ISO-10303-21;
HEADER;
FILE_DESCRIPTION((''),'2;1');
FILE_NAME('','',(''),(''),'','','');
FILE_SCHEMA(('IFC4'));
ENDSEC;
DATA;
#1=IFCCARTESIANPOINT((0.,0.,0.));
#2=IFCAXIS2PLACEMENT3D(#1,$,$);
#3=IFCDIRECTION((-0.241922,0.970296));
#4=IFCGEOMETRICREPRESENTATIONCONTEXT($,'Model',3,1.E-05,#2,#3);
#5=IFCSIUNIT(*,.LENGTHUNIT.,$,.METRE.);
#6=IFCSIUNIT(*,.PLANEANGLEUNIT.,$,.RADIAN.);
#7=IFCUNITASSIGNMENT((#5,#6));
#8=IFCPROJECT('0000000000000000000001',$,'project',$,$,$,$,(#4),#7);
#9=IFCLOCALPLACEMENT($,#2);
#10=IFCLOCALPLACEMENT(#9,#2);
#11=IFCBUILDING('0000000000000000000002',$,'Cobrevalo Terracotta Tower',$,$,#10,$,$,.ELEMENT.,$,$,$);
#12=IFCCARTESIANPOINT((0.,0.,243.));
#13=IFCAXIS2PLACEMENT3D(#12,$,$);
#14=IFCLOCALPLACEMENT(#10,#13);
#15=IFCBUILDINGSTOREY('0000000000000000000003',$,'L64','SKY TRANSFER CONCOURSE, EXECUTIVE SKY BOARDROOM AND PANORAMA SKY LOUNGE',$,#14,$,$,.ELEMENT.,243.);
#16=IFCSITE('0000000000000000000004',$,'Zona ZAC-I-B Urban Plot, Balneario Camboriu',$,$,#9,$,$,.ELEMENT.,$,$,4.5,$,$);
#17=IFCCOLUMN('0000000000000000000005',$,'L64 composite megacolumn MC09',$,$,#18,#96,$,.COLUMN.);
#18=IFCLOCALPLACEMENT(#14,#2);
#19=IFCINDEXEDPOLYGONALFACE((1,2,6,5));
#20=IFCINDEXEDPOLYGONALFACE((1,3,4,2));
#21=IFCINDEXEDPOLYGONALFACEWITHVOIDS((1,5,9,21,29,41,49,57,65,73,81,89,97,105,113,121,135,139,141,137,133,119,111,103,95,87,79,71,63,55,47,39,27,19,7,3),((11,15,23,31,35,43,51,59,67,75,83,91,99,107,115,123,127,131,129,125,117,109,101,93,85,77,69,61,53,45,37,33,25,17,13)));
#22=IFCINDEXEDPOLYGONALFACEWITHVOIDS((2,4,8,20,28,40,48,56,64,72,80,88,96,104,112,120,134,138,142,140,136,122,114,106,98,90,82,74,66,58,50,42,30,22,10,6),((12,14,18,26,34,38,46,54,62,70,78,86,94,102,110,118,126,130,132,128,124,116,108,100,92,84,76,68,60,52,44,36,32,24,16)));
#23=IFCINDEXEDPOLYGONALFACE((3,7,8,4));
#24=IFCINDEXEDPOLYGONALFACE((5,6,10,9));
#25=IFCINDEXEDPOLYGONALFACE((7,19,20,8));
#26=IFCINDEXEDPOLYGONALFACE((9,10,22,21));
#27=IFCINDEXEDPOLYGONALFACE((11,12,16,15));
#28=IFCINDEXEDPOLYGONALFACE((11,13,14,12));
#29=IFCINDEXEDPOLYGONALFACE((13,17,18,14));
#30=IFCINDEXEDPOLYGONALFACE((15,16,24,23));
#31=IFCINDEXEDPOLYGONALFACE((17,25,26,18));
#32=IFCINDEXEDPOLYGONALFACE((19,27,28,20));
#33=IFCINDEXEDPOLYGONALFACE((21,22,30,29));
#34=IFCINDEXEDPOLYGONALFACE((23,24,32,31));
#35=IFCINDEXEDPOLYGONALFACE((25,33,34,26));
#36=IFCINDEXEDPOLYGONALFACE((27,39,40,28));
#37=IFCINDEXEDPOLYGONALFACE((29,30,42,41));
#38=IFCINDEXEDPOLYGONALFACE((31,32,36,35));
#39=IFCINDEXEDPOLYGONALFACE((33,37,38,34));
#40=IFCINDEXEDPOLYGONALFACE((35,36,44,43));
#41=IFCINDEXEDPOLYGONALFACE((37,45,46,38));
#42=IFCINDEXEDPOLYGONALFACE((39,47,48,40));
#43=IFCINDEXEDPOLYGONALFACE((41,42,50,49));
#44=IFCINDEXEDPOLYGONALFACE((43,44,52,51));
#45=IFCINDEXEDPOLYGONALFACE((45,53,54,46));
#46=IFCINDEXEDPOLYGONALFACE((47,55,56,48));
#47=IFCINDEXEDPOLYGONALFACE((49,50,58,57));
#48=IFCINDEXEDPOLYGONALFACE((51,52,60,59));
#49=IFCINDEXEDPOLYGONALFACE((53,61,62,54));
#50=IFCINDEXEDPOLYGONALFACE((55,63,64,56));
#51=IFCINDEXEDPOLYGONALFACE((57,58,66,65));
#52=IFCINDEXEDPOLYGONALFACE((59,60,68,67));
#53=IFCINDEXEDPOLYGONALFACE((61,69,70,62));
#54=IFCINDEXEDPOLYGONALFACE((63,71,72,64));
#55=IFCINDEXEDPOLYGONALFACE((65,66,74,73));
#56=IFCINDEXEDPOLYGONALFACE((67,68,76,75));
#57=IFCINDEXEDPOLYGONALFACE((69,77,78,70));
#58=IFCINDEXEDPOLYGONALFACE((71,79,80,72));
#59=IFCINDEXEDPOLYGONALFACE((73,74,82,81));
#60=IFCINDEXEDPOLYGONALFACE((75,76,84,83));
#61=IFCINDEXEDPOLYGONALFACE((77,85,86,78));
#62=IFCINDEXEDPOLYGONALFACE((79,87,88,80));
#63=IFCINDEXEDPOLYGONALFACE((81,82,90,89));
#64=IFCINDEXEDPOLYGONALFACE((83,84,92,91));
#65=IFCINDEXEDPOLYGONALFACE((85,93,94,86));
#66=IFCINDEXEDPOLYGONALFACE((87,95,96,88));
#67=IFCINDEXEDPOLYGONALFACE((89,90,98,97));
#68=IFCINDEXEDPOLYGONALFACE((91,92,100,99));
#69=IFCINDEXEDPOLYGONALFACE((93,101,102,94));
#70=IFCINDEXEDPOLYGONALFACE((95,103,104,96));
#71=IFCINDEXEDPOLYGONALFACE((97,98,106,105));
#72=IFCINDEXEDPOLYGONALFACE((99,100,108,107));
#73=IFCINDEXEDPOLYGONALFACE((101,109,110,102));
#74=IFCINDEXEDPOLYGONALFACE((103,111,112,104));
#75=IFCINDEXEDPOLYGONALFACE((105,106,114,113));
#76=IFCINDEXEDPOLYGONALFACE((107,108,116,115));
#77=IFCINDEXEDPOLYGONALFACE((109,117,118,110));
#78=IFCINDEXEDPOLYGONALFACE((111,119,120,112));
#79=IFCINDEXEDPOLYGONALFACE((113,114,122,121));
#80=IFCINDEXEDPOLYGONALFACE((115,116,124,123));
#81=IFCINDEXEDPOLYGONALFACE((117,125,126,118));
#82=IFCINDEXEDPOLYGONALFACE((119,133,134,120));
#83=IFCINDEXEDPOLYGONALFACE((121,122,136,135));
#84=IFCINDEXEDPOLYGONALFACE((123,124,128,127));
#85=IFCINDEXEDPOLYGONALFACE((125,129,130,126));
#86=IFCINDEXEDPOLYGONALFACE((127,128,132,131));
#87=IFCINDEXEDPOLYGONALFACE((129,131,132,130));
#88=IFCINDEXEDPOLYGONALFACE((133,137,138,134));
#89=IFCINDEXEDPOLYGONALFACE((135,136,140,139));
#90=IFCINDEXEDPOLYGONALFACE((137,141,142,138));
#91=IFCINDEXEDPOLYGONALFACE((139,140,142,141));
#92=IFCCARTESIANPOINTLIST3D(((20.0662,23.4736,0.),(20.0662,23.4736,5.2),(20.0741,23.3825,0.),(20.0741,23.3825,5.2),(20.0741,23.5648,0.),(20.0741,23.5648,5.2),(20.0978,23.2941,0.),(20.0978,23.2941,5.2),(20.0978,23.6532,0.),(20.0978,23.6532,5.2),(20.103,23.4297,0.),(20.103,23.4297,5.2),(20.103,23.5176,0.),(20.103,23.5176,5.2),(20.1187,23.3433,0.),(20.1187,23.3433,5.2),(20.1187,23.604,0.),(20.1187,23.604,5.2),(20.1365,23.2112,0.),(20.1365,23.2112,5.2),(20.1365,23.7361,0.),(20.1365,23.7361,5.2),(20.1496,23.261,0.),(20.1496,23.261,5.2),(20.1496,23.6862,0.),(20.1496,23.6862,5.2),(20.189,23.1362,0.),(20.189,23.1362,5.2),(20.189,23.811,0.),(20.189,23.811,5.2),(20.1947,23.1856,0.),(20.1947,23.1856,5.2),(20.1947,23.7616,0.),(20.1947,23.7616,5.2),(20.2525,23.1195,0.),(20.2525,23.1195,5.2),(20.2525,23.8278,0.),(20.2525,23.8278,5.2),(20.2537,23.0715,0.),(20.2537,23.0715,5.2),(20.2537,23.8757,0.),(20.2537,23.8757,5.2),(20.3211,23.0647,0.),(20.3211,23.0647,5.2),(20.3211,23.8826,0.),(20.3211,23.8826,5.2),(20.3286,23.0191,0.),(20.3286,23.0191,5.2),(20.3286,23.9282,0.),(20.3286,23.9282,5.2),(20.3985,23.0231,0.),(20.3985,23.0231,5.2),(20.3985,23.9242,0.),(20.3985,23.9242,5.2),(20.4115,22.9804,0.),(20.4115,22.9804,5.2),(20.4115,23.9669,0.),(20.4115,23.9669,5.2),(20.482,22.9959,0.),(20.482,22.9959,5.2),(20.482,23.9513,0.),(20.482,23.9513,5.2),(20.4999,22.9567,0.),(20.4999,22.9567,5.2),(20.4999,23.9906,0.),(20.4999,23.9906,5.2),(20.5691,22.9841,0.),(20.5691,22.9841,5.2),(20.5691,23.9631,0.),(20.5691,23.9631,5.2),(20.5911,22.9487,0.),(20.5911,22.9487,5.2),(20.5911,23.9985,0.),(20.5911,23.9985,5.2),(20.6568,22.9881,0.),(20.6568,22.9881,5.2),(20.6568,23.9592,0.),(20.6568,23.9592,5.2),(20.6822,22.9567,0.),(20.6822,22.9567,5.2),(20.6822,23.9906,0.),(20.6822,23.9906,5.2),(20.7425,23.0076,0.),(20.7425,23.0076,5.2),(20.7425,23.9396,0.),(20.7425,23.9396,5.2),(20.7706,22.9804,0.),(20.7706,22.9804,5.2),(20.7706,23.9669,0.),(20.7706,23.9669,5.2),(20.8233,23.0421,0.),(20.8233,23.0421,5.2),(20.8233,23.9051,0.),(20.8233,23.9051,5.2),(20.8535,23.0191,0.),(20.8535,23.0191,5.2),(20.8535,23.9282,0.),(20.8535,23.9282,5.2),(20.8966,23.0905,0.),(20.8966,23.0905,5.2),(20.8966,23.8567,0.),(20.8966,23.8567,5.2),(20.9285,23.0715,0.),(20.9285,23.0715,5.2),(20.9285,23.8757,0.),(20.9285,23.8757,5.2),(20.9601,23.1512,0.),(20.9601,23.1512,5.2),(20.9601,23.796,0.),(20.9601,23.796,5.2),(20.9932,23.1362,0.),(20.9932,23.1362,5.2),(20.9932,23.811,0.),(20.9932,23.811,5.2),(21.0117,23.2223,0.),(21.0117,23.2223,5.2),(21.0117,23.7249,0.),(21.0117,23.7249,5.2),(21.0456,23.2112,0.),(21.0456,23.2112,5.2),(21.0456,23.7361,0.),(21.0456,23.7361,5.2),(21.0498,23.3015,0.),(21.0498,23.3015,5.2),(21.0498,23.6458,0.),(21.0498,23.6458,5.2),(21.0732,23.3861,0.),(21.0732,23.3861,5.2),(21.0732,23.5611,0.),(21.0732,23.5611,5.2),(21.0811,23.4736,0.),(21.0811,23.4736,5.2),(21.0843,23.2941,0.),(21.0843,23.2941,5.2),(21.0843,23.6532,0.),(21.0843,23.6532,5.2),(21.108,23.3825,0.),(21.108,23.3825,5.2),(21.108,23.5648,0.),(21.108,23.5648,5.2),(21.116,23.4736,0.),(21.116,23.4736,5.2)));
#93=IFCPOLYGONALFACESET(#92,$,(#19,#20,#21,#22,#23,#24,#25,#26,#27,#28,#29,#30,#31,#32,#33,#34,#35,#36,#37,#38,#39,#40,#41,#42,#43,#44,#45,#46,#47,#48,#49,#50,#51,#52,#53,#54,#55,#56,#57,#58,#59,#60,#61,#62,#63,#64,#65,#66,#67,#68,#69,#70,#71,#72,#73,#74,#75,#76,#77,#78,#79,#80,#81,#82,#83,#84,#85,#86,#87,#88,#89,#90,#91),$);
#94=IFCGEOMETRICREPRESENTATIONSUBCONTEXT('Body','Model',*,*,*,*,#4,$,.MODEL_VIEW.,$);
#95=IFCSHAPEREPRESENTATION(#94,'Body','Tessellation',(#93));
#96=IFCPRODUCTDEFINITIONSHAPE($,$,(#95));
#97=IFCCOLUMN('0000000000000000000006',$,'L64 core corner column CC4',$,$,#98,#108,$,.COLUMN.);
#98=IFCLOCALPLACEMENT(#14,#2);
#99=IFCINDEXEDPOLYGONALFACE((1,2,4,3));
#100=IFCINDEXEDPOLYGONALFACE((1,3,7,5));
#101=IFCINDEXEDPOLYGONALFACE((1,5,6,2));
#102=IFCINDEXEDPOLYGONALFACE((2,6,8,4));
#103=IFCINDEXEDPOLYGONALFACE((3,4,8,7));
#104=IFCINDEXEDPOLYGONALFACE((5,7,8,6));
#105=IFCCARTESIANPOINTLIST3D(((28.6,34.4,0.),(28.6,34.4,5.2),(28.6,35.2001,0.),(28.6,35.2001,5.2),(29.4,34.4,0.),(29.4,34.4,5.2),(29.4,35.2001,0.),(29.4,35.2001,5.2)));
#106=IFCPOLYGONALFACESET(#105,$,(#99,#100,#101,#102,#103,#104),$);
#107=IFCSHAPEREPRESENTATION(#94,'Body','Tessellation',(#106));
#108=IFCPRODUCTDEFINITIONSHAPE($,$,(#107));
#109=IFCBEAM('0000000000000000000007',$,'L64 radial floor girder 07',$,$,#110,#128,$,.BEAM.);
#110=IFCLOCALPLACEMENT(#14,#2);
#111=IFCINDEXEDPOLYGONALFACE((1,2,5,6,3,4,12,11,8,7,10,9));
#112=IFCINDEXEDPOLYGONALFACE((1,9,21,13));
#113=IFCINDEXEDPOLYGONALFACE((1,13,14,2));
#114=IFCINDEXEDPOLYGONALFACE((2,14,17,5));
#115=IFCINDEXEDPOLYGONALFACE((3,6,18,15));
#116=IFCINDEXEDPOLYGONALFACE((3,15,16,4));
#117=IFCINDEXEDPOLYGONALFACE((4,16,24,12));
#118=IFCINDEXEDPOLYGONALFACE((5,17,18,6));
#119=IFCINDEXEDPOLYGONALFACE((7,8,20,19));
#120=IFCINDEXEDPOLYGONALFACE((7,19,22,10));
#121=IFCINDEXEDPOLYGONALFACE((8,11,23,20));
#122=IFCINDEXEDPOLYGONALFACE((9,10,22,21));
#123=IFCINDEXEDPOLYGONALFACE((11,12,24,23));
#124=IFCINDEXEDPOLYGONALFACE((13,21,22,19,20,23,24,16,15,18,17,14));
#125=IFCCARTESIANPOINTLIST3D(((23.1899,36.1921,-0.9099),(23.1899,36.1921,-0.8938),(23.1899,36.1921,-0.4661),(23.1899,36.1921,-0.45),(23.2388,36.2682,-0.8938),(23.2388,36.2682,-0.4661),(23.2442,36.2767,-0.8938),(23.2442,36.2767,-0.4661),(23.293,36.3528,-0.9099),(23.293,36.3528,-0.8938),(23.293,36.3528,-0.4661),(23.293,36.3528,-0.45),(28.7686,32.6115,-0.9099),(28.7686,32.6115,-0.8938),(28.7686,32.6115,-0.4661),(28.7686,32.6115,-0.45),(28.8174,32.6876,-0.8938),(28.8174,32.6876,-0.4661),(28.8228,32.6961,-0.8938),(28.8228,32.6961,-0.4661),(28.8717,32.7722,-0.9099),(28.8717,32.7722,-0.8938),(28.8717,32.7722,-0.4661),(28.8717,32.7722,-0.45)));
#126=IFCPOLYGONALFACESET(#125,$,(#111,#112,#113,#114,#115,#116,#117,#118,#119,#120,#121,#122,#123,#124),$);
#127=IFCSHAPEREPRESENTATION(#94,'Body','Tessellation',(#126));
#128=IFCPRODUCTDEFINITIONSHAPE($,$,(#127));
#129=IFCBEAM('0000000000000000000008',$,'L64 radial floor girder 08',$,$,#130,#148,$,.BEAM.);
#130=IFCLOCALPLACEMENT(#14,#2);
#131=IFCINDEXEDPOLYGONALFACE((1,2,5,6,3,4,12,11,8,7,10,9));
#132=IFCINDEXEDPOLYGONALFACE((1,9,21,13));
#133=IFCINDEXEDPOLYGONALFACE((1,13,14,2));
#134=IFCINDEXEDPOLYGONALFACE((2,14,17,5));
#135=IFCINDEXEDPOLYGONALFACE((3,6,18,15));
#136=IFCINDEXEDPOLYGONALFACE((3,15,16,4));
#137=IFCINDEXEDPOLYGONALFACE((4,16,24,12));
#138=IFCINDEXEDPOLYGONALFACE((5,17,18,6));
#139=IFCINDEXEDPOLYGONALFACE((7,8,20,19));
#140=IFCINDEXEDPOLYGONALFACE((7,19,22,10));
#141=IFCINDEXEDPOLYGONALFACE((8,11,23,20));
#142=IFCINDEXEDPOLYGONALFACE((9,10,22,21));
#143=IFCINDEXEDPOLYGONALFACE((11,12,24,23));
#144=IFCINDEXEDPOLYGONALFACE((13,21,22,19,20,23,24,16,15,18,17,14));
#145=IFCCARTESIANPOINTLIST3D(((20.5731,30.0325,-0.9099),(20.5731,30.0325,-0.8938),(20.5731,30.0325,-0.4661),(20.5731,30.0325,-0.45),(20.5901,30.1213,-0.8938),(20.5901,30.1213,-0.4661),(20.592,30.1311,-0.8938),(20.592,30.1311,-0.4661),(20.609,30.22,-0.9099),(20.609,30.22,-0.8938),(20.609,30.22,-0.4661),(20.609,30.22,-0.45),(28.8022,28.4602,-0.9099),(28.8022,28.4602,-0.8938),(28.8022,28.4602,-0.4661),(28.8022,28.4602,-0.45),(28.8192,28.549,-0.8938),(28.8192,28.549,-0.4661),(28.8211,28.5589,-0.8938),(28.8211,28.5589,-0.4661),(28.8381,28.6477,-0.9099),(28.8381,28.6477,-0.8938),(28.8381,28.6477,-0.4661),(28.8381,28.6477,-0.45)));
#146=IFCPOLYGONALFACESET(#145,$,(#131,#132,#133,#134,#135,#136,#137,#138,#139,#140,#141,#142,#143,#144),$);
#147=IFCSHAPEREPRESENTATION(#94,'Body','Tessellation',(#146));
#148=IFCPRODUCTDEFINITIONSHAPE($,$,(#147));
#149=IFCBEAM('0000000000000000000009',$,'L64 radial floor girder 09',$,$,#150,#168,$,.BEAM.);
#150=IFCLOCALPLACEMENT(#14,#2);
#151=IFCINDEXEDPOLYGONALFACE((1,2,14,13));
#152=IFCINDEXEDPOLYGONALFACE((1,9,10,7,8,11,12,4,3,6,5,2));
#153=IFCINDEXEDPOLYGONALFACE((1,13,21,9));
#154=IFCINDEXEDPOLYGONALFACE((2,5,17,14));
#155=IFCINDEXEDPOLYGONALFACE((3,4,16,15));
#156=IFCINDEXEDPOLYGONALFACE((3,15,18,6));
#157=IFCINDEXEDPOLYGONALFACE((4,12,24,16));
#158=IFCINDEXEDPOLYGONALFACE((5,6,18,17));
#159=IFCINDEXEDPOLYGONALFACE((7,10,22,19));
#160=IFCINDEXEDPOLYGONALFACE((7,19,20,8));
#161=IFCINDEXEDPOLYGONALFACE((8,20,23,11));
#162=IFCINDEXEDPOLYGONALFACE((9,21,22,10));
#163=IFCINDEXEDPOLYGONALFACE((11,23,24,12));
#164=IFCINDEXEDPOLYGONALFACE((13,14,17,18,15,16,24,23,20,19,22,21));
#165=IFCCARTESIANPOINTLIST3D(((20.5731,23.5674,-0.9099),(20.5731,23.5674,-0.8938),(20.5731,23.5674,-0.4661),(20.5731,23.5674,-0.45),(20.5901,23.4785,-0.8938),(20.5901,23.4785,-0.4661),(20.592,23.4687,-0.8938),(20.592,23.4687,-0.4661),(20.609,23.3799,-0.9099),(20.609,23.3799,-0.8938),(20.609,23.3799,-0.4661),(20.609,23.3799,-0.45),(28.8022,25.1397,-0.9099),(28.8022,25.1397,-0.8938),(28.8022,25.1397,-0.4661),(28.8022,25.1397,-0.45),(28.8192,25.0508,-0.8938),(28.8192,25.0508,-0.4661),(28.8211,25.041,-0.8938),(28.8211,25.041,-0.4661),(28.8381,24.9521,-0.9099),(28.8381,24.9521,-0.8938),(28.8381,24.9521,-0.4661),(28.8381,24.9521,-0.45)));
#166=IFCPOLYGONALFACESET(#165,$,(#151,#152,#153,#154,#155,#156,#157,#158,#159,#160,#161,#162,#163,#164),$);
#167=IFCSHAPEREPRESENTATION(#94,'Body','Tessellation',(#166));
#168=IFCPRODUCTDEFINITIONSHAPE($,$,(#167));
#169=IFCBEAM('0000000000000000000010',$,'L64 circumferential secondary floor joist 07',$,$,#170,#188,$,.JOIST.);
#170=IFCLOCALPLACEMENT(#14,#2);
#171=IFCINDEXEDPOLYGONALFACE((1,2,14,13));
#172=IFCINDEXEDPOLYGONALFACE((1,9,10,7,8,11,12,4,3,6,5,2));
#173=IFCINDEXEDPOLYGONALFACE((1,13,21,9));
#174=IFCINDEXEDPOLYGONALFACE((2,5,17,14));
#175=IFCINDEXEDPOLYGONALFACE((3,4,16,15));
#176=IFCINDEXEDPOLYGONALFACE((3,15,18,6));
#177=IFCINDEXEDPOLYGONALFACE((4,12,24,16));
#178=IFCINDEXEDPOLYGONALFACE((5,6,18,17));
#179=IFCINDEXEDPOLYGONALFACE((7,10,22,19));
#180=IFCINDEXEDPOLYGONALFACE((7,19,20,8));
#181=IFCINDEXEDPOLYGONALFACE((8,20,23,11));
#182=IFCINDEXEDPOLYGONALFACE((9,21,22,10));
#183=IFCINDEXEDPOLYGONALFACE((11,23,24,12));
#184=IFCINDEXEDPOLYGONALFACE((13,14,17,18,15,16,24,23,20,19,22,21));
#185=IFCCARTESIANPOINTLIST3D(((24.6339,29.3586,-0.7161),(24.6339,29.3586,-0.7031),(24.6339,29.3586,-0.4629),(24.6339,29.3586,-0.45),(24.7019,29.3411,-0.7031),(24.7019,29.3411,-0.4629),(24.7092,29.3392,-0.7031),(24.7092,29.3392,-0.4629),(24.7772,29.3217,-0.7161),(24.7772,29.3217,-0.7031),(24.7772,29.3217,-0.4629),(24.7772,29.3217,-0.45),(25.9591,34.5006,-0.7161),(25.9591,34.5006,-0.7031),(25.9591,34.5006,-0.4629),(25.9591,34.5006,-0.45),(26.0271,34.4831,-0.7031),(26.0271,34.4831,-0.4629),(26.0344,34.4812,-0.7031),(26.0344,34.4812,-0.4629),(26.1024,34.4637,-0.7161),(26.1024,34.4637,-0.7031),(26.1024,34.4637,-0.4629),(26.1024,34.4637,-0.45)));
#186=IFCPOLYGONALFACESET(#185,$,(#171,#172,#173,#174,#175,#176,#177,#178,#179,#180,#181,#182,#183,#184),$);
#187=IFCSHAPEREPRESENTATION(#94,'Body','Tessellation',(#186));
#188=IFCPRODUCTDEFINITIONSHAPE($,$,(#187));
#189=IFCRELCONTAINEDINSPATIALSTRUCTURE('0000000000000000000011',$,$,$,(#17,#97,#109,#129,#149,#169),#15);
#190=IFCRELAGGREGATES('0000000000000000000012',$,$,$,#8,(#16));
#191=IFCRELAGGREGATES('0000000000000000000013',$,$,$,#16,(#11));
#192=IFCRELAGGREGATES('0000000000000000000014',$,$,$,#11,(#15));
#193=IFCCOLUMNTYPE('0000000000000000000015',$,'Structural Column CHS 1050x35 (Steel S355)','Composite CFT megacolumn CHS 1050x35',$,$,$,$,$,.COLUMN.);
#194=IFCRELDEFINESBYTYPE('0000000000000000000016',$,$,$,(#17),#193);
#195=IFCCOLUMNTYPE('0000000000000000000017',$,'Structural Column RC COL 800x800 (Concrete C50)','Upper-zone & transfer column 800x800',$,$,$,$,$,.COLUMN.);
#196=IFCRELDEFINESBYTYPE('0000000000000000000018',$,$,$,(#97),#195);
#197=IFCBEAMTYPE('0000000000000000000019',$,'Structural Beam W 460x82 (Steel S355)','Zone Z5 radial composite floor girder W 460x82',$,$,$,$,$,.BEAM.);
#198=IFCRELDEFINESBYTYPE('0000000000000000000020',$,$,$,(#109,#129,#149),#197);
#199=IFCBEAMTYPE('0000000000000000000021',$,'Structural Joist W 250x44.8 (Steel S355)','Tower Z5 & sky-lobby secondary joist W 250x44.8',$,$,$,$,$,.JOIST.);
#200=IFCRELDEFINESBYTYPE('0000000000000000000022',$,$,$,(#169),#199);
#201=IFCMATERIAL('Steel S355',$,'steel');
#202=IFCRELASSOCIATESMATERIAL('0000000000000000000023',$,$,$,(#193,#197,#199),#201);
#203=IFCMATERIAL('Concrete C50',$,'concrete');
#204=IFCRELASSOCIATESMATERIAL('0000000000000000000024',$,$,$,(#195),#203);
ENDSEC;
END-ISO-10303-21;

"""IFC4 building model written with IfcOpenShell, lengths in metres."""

from ifc_helpers import new_model, si_unit, direction, frame, origin, origin_2d, place, context, subcontext, project, spatial, rectangle, hollow_circle, i_section, extrude, material, material_profile, profile_set, type_object, element, save


model = new_model("IFC4")

# Units and contexts
model_context = context("Model", 3, precision=1e-05, world=origin(), true_north=direction((-0.241922, 0.970296)))
body_context = subcontext(model_context, "Body", "Model", "MODEL_VIEW")
ifc_project = project(units=[si_unit("LENGTHUNIT", "METRE"), si_unit("PLANEANGLEUNIT", "RADIAN")], contexts=[model_context])

# Site, building, storey
site_placement = place(None, origin())
site = spatial("IfcSite", under=ifc_project, at=site_placement, Name="Zona ZAC-I-B Urban Plot, Balneario Camboriu", CompositionType="ELEMENT", RefElevation=4.5)
building_placement = place(site_placement, origin())
building = spatial("IfcBuilding", under=site, at=building_placement, Name="Cobrevalo Terracotta Tower", CompositionType="ELEMENT")
storey_placement = place(building_placement, frame((0.0, 0.0, 243.0)))
storey = spatial("IfcBuildingStorey", under=building, at=storey_placement, Name="L64", Description="SKY TRANSFER CONCOURSE, EXECUTIVE SKY BOARDROOM AND PANORAMA SKY LOUNGE", CompositionType="ELEMENT", Elevation=243.0)

# Columns
ifc_material_1 = material(Name="Steel S355", Category="steel")
ifc_material_profile_1 = material_profile(ifc_material_1, hollow_circle(Radius=0.5249, WallThickness=0.0349, at=origin_2d()), Name="CHS 1050x35")
ifc_profile_set_1 = profile_set([ifc_material_profile_1], Name="Steel S355")
column_type_1 = type_object("IfcColumnType", Name="Structural Column CHS 1050x35 (Steel S355)", Description="Composite CFT megacolumn CHS 1050x35", PredefinedType="COLUMN", material=ifc_profile_set_1)
for number, where, z_axis, x_axis, name in (
    (1, (20.5911, 23.4736, 0.0), (0.0, 0.0, 1.0), (1.0, 0.0, 0.0), "L64 composite megacolumn MC09"),
):
    element("IfcColumn", number, at=place(storey_placement, frame(where, z_axis=z_axis, x_axis=x_axis)), inside=storey, type_object=column_type_1, Name=name, PredefinedType="COLUMN", context=body_context, shape_type="SweptSolid", body=[
        extrude(hollow_circle(Radius=0.5249, WallThickness=0.0349, at=origin_2d()), origin(), (0.0, 0.0, 1.0), 5.2),
    ])
ifc_material_2 = material(Name="Concrete C50", Category="concrete")
ifc_material_profile_2 = material_profile(ifc_material_2, rectangle(XDim=0.8, YDim=0.8, at=origin_2d()), Name="RC COL 800x800")
ifc_profile_set_2 = profile_set([ifc_material_profile_2], Name="Concrete C50")
column_type_2 = type_object("IfcColumnType", Name="Structural Column RC COL 800x800 (Concrete C50)", Description="Upper-zone & transfer column 800x800", PredefinedType="COLUMN", material=ifc_profile_set_2)
column_placement = place(storey_placement, frame((29.0, 34.8, 0.0), z_axis=(0.0, 0.0, 1.0), x_axis=(1.0, 0.0, 0.0)))
element("IfcColumn", 2, at=column_placement, inside=storey, type_object=column_type_2, Name="L64 core corner column CC4", PredefinedType="COLUMN", context=body_context, shape_type="SweptSolid", body=[
    extrude(rectangle(XDim=0.8, YDim=0.8, at=origin_2d()), origin(), (0.0, 0.0, 1.0), 5.2),
])

# Beams
ifc_material_profile_3 = material_profile(ifc_material_1, i_section(OverallWidth=0.1909, OverallDepth=0.46, WebThickness=0.01, FlangeThickness=0.0161, at=origin_2d()), Name="W 460x82")
ifc_profile_set_3 = profile_set([ifc_material_profile_3], Name="Steel S355")
beam_type_1 = type_object("IfcBeamType", Name="Structural Beam W 460x82 (Steel S355)", Description="Zone Z5 radial composite floor girder W 460x82", PredefinedType="BEAM", material=ifc_profile_set_3)
beam_1_placement = place(storey_placement, frame((23.2415, 36.2725, -0.6799), z_axis=(0.841568, -0.540151, 0.0), x_axis=(0.540151, 0.841568, 0.0)))
element("IfcBeam", 3, at=beam_1_placement, inside=storey, type_object=beam_type_1, Name="L64 radial floor girder 07", PredefinedType="BEAM", context=body_context, shape_type="SweptSolid", body=[
    extrude(i_section(OverallWidth=0.1909, OverallDepth=0.46, WebThickness=0.01, FlangeThickness=0.0161, at=origin_2d()), origin(), (0.0, 0.0, 1.0), 6.6289),
])
for number, where, z_axis, x_axis, name in (
    (4, (20.5911, 30.1262, -0.6799), (0.982232, -0.187669, 0.0), (0.187669, 0.982232, 0.0), "L64 radial floor girder 08"),
    (5, (20.5911, 23.4736, -0.6799), (0.982232, 0.187669, 0.0), (-0.187669, 0.982232, 0.0), "L64 radial floor girder 09"),
):
    element("IfcBeam", number, at=place(storey_placement, frame(where, z_axis=z_axis, x_axis=x_axis)), inside=storey, type_object=beam_type_1, Name=name, PredefinedType="BEAM", context=body_context, shape_type="SweptSolid", body=[
        extrude(i_section(OverallWidth=0.1909, OverallDepth=0.46, WebThickness=0.01, FlangeThickness=0.0161, at=origin_2d()), origin(), (0.0, 0.0, 1.0), 8.3779),
    ])
ifc_material_profile_4 = material_profile(ifc_material_1, i_section(OverallWidth=0.1479, OverallDepth=0.2661, WebThickness=0.0076, FlangeThickness=0.0129, at=origin_2d()), Name="W 250x44.8")
ifc_profile_set_4 = profile_set([ifc_material_profile_4], Name="Steel S355")
beam_type_2 = type_object("IfcBeamType", Name="Structural Joist W 250x44.8 (Steel S355)", Description="Tower Z5 & sky-lobby secondary joist W 250x44.8", PredefinedType="JOIST", material=ifc_profile_set_4)
beam_2_placement = place(storey_placement, frame((26.0308, 34.4822, -0.583), z_axis=(-0.249561, -0.968359, 0.0), x_axis=(0.968359, -0.249561, 0.0)))
element("IfcBeam", 6, at=beam_2_placement, inside=storey, type_object=beam_type_2, Name="L64 circumferential secondary floor joist 07", PredefinedType="JOIST", context=body_context, shape_type="SweptSolid", body=[
    extrude(i_section(OverallWidth=0.1479, OverallDepth=0.2661, WebThickness=0.0076, FlangeThickness=0.0129, at=origin_2d()), origin(), (0.0, 0.0, 1.0), 5.3101),
])

save(model, "model.ifc")
